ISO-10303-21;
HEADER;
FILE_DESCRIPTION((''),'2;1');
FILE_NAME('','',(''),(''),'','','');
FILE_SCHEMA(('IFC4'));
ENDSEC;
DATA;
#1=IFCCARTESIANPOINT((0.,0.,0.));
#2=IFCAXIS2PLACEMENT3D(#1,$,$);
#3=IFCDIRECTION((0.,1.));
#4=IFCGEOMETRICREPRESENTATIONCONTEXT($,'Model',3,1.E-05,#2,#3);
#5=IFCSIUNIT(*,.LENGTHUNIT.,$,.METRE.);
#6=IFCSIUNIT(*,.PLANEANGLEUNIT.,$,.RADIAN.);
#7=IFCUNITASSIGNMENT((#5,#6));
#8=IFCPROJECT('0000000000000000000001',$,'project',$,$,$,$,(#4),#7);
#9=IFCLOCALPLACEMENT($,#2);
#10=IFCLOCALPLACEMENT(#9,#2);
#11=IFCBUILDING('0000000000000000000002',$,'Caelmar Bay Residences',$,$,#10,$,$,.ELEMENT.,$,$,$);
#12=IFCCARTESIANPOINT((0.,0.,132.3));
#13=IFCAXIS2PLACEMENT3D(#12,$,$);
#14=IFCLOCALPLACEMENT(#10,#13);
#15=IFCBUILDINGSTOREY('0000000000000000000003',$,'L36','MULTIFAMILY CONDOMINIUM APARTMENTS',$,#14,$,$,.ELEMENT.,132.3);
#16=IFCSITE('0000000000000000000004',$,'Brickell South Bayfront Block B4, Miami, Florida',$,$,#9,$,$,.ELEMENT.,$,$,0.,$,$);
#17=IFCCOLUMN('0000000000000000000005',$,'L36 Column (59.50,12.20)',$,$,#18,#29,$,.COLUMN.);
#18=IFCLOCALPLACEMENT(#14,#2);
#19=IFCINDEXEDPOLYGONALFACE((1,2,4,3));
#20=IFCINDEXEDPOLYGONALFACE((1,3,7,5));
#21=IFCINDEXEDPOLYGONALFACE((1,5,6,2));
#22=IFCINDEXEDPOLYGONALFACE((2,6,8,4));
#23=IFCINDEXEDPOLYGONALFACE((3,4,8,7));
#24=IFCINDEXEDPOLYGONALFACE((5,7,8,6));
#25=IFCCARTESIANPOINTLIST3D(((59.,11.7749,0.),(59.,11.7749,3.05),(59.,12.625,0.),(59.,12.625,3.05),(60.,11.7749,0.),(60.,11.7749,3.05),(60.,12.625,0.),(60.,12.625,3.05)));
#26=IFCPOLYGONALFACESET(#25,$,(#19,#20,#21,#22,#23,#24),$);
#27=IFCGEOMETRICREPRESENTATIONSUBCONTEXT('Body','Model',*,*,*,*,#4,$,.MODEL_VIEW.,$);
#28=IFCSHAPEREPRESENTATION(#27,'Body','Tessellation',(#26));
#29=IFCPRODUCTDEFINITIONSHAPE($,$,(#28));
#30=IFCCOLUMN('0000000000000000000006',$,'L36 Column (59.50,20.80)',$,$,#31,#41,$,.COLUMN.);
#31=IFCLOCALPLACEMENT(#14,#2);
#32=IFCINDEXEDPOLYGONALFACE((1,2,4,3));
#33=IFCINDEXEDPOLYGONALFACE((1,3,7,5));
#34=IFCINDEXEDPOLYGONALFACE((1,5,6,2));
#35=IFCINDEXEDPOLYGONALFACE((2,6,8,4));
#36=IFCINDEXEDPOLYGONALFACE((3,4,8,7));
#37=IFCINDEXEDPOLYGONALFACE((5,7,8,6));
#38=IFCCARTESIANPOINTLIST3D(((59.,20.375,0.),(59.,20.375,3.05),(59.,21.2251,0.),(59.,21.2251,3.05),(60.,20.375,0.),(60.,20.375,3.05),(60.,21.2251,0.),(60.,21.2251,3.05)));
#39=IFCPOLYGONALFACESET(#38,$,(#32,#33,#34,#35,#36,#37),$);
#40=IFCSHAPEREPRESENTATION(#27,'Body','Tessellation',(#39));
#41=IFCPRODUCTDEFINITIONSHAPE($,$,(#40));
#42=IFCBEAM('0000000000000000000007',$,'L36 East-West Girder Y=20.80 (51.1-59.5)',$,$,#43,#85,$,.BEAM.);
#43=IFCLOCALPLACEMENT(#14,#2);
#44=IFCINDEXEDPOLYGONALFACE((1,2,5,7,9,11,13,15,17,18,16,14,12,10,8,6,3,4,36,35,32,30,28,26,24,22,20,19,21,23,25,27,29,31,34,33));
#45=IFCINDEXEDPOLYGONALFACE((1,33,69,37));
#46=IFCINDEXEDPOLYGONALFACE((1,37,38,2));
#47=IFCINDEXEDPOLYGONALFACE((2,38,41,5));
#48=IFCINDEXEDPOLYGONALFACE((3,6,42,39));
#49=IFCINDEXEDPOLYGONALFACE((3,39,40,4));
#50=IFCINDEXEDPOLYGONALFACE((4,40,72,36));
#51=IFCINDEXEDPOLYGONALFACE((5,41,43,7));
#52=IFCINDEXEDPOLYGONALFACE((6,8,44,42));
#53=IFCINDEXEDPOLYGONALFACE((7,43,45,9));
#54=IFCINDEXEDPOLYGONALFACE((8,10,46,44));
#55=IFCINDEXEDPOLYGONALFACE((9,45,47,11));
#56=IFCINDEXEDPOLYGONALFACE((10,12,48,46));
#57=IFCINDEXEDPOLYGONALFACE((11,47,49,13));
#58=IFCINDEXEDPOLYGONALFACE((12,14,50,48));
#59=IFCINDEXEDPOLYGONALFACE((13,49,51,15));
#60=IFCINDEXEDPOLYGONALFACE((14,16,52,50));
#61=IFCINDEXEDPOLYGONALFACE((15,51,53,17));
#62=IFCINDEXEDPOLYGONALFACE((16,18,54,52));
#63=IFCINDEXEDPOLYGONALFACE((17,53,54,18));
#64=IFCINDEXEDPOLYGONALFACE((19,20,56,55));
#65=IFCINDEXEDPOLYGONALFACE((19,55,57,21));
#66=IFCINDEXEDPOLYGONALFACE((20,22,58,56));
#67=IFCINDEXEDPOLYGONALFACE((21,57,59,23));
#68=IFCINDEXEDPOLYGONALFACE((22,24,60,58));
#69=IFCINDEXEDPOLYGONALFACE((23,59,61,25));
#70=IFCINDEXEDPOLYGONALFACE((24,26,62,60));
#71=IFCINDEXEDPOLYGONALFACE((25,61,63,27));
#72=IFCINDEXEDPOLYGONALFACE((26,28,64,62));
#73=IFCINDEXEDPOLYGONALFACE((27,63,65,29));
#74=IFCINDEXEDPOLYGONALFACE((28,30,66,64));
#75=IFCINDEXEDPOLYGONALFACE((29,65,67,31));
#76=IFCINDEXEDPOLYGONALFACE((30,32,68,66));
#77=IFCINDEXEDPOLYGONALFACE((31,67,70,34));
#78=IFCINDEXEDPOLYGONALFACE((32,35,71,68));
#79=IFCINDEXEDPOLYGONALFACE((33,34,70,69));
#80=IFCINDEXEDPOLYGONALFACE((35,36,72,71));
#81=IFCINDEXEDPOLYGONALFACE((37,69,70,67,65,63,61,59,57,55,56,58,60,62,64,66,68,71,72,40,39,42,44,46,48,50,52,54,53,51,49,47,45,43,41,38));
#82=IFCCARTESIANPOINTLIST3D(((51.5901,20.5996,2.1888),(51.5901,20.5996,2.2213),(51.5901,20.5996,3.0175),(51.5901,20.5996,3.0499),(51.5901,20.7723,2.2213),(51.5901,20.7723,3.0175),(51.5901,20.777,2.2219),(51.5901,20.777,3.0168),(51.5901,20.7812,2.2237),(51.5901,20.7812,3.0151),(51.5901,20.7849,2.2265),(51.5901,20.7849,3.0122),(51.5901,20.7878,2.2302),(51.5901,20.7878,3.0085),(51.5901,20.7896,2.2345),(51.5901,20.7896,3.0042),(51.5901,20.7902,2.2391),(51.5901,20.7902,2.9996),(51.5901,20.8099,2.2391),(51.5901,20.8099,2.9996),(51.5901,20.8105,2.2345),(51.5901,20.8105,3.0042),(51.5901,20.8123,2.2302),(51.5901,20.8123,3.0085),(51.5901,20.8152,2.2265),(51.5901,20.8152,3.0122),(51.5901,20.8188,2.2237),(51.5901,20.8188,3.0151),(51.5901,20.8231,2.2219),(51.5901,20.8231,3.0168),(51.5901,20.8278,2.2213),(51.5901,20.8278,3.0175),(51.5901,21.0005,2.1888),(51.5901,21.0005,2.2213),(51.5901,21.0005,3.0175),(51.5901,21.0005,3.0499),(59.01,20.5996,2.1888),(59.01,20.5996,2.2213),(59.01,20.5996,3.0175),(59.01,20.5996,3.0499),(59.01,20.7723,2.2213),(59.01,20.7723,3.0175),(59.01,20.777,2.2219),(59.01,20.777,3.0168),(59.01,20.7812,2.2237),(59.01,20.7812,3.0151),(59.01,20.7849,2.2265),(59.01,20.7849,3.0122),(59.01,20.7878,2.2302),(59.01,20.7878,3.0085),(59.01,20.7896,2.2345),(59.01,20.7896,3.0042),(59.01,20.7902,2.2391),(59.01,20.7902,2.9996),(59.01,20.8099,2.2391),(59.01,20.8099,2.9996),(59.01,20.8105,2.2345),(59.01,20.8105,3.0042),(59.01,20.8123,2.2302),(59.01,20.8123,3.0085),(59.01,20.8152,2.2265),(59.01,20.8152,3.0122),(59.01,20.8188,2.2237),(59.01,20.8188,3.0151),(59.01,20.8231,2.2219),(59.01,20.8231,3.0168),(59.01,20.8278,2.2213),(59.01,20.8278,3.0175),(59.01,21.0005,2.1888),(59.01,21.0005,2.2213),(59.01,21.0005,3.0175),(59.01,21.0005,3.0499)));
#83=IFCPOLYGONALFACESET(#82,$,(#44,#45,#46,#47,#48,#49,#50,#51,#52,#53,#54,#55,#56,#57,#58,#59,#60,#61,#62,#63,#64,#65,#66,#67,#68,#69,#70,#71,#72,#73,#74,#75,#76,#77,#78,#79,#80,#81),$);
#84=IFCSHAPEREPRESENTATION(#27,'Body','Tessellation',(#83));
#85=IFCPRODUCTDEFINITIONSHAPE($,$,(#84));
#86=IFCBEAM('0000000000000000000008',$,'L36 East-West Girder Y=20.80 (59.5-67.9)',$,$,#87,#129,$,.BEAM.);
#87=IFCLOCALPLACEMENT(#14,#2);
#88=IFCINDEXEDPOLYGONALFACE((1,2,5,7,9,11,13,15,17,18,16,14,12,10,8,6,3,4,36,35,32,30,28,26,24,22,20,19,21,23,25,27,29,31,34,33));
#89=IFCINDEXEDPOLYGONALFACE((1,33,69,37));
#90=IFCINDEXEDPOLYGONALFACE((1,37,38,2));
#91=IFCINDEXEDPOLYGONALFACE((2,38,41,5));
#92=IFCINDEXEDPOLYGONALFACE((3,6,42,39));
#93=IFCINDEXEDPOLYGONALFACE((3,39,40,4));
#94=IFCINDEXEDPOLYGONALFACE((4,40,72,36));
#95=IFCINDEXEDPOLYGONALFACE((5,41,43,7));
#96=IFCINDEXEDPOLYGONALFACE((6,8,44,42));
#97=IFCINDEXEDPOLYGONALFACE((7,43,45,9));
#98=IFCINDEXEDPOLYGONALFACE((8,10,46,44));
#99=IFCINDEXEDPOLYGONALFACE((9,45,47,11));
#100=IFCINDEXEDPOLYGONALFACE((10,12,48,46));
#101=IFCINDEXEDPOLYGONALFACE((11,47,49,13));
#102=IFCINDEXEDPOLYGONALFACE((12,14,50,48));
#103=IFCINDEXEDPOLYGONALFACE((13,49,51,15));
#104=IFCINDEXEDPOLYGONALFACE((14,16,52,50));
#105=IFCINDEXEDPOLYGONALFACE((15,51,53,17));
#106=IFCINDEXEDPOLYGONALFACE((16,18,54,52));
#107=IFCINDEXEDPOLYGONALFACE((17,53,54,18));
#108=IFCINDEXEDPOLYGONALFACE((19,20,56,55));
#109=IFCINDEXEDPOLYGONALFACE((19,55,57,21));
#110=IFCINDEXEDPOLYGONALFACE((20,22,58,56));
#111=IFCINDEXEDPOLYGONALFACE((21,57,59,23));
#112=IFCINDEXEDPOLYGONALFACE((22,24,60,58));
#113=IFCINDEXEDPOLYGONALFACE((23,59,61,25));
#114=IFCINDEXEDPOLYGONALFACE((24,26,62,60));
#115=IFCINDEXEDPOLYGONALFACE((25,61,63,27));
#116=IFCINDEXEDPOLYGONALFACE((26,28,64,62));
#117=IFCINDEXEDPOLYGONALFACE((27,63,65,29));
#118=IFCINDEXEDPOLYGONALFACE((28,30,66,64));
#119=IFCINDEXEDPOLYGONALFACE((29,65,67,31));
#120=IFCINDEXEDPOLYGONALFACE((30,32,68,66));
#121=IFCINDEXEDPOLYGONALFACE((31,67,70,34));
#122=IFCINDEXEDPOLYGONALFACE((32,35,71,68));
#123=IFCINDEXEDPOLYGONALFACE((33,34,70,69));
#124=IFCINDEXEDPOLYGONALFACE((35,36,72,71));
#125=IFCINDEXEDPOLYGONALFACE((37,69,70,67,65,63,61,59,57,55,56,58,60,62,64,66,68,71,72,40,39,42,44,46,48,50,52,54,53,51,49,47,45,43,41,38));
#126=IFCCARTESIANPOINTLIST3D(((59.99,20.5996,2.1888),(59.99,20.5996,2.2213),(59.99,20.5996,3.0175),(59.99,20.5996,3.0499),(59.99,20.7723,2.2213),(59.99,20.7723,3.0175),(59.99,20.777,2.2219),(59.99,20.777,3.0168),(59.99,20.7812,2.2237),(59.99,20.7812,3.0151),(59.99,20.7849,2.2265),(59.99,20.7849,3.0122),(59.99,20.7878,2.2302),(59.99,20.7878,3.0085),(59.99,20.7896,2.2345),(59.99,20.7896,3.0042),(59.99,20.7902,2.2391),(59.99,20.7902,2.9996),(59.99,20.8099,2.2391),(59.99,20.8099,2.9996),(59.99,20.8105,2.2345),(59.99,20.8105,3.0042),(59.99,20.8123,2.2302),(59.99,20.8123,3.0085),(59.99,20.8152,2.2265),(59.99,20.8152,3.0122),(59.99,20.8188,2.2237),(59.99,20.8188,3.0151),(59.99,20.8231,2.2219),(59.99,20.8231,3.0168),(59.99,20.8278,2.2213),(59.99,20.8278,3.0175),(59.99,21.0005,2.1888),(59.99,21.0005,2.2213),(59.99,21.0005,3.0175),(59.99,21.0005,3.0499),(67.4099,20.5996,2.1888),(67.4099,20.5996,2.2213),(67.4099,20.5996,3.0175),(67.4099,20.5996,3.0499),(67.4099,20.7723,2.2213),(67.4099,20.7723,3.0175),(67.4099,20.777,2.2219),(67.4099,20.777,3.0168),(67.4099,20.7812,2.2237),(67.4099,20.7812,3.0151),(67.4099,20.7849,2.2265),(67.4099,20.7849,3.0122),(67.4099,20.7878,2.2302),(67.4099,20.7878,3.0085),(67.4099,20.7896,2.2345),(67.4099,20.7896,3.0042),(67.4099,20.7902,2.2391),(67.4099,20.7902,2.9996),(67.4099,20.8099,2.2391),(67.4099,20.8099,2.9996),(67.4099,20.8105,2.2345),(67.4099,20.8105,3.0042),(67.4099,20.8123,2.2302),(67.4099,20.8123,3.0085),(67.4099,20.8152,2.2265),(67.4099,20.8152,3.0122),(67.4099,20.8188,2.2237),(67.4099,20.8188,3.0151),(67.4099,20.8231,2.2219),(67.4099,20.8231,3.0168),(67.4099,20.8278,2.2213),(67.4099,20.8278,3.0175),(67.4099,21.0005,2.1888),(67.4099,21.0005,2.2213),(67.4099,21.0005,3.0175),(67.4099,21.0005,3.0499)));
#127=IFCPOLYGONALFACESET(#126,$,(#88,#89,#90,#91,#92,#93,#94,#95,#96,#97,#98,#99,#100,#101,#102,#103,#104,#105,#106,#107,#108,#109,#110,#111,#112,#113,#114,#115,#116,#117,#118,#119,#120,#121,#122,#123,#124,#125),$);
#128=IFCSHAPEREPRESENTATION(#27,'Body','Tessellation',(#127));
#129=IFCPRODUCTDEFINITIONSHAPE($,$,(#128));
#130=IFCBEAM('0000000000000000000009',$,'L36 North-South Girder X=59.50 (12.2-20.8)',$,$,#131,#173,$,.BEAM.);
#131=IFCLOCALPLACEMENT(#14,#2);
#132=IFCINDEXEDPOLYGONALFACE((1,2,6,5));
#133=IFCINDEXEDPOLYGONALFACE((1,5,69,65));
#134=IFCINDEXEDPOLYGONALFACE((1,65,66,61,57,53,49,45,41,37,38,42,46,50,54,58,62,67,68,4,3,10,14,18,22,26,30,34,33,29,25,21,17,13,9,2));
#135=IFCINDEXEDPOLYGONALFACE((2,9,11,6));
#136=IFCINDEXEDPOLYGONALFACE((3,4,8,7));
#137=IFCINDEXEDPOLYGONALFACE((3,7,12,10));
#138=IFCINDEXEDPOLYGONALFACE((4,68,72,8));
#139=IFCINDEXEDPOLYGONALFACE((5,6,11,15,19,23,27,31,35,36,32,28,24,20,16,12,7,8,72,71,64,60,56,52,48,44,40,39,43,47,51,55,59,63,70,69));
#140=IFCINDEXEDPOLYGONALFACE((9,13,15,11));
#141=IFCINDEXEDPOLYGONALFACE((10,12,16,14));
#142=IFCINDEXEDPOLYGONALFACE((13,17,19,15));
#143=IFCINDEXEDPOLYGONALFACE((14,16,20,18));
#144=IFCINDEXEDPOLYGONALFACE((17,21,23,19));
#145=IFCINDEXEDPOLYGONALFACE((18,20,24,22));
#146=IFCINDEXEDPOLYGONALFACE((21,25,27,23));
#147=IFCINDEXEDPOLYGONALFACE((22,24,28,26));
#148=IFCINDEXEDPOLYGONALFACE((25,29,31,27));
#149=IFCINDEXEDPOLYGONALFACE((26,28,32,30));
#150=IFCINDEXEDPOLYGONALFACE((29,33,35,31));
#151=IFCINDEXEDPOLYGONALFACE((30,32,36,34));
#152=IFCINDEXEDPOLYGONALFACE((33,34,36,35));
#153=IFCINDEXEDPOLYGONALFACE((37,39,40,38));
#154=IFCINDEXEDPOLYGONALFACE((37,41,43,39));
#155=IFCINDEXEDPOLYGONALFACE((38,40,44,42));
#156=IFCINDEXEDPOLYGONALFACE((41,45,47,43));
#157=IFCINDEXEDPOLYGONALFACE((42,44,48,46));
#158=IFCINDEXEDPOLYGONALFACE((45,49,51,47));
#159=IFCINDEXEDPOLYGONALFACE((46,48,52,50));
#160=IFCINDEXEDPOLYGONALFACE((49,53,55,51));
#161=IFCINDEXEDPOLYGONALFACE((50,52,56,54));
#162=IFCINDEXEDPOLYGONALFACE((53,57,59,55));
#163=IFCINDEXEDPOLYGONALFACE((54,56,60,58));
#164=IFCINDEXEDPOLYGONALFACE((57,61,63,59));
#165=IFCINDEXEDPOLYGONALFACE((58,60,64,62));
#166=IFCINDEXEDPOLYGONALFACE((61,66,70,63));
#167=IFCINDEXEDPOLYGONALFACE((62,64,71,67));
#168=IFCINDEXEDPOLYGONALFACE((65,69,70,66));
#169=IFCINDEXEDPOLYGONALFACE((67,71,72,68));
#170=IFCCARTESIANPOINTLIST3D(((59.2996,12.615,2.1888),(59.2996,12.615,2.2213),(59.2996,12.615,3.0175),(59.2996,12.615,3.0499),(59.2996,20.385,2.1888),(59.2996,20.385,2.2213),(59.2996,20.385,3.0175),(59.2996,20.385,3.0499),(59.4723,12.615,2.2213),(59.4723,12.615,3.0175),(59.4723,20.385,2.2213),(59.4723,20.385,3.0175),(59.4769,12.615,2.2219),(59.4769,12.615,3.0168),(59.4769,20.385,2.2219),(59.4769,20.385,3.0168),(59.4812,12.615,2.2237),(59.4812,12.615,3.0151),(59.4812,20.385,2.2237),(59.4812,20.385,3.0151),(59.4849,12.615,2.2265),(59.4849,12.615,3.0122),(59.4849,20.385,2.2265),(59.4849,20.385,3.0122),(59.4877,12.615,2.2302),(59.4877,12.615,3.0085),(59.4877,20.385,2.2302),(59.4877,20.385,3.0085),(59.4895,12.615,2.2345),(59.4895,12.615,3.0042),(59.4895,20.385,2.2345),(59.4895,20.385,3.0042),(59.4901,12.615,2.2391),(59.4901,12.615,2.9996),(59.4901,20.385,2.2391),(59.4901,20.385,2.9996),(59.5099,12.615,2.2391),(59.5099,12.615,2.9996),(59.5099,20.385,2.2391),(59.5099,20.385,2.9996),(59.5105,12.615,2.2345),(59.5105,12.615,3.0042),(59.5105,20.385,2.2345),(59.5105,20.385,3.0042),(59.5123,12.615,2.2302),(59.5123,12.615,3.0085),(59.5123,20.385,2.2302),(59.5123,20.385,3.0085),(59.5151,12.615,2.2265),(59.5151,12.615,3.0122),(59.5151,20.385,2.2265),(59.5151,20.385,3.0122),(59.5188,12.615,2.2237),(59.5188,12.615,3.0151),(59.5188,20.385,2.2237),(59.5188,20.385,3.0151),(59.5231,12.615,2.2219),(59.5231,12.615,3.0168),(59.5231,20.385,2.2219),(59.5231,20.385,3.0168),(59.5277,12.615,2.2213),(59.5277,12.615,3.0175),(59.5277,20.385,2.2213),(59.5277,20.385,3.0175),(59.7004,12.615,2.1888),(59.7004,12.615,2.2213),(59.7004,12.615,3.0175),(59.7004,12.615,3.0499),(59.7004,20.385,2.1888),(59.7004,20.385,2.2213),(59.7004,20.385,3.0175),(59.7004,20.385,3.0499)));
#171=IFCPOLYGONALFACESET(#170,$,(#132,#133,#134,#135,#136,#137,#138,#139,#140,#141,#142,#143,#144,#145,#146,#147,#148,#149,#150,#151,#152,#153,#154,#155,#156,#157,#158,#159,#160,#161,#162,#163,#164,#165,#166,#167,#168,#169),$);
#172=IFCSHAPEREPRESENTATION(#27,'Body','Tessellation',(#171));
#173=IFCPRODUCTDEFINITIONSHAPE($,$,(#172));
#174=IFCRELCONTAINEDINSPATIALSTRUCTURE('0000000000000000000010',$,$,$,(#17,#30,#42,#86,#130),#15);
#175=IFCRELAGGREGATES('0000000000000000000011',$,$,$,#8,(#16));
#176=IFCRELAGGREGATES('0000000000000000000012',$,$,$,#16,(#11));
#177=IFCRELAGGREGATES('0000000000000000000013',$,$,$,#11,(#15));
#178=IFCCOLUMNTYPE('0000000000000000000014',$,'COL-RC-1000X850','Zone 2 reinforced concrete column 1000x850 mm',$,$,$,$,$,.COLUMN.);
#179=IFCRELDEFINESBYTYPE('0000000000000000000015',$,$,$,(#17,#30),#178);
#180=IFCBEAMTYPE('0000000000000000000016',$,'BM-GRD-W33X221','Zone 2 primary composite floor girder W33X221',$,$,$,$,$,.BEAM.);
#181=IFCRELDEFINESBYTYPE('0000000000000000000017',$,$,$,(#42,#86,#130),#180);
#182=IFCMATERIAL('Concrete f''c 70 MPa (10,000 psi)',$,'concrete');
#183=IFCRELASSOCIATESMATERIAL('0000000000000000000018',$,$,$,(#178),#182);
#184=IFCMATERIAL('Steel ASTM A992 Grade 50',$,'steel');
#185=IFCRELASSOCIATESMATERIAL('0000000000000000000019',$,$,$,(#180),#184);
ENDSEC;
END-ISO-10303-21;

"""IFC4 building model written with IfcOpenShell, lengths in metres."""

from ifc_helpers import new_model, si_unit, direction, frame, origin, origin_2d, place, context, subcontext, project, spatial, rectangle, i_section, extrude, material, material_profile, profile_set, type_object, element, save


model = new_model("IFC4")

# Units and contexts
model_context = context("Model", 3, precision=1e-05, world=origin(), true_north=direction((0.0, 1.0)))
body_context = subcontext(model_context, "Body", "Model", "MODEL_VIEW")
ifc_project = project(units=[si_unit("LENGTHUNIT", "METRE"), si_unit("PLANEANGLEUNIT", "RADIAN")], contexts=[model_context])

# Site, building, storey
site_placement = place(None, origin())
site = spatial("IfcSite", under=ifc_project, at=site_placement, Name="Brickell South Bayfront Block B4, Miami, Florida", CompositionType="ELEMENT", RefElevation=0.0)
building_placement = place(site_placement, origin())
building = spatial("IfcBuilding", under=site, at=building_placement, Name="Caelmar Bay Residences", CompositionType="ELEMENT")
storey_placement = place(building_placement, frame((0.0, 0.0, 132.3)))
storey = spatial("IfcBuildingStorey", under=building, at=storey_placement, Name="L36", Description="MULTIFAMILY CONDOMINIUM APARTMENTS", CompositionType="ELEMENT", Elevation=132.3)

# Columns
ifc_material_1 = material(Name="Concrete f'c 70 MPa (10,000 psi)", Category="concrete")
ifc_material_profile_1 = material_profile(ifc_material_1, rectangle(XDim=1.0, YDim=0.8501, at=origin_2d()), Name="RC-COL-1000X850")
ifc_profile_set_1 = profile_set([ifc_material_profile_1], Name="Concrete f'c 70 MPa (10,000 psi)")
column_type = type_object("IfcColumnType", Name="COL-RC-1000X850", Description="Zone 2 reinforced concrete column 1000x850 mm", PredefinedType="COLUMN", material=ifc_profile_set_1)
for number, where, z_axis, x_axis, name in (
    (1, (59.5, 12.2, 0.0), (0.0, 0.0, 1.0), (1.0, 0.0, 0.0), "L36 Column (59.50,12.20)"),
    (2, (59.5, 20.8, 0.0), (0.0, 0.0, 1.0), (1.0, 0.0, 0.0), "L36 Column (59.50,20.80)"),
):
    element("IfcColumn", number, at=place(storey_placement, frame(where, z_axis=z_axis, x_axis=x_axis)), inside=storey, type_object=column_type, Name=name, PredefinedType="COLUMN", context=body_context, shape_type="SweptSolid", body=[
        extrude(rectangle(XDim=1.0, YDim=0.8501, at=origin_2d()), origin(), (0.0, 0.0, 1.0), 3.05),
    ])

# Beams
ifc_material_2 = material(Name="Steel ASTM A992 Grade 50", Category="steel")
ifc_material_profile_2 = material_profile(ifc_material_2, i_section(OverallWidth=0.4009, OverallDepth=0.8611, WebThickness=0.0198, FlangeThickness=0.0325, FilletRadius=0.0178, at=origin_2d()), Name="W33X221")
ifc_profile_set_2 = profile_set([ifc_material_profile_2], Name="Steel ASTM A992 Grade 50")
beam_type_1 = type_object("IfcBeamType", Name="BM-GRD-W33X221", Description="Zone 2 primary composite floor girder W33X221", PredefinedType="BEAM", material=ifc_profile_set_2)
for number, where, z_axis, x_axis, name in (
    (3, (51.5901, 20.8, 2.6194), (1.0, 0.0, 0.0), (0.0, 1.0, 0.0), "L36 East-West Girder Y=20.80 (51.1-59.5)"),
    (4, (59.99, 20.8, 2.6194), (1.0, 0.0, 0.0), (0.0, 1.0, 0.0), "L36 East-West Girder Y=20.80 (59.5-67.9)"),
):
    element("IfcBeam", number, at=place(storey_placement, frame(where, z_axis=z_axis, x_axis=x_axis)), inside=storey, type_object=beam_type_1, Name=name, PredefinedType="BEAM", context=body_context, shape_type="SweptSolid", body=[
        extrude(i_section(OverallWidth=0.4009, OverallDepth=0.8611, WebThickness=0.0198, FlangeThickness=0.0325, FilletRadius=0.0178, at=origin_2d()), origin(), (0.0, 0.0, 1.0), 7.4199),
    ])
beam_placement = place(storey_placement, frame((59.5, 12.615, 2.6194), z_axis=(0.0, 1.0, 0.0), x_axis=(-1.0, 0.0, 0.0)))
element("IfcBeam", 5, at=beam_placement, inside=storey, type_object=beam_type_1, Name="L36 North-South Girder X=59.50 (12.2-20.8)", PredefinedType="BEAM", context=body_context, shape_type="SweptSolid", body=[
    extrude(i_section(OverallWidth=0.4009, OverallDepth=0.8611, WebThickness=0.0198, FlangeThickness=0.0325, FilletRadius=0.0178, at=origin_2d()), origin(), (0.0, 0.0, 1.0), 7.77),
])

save(model, "model.ifc")
